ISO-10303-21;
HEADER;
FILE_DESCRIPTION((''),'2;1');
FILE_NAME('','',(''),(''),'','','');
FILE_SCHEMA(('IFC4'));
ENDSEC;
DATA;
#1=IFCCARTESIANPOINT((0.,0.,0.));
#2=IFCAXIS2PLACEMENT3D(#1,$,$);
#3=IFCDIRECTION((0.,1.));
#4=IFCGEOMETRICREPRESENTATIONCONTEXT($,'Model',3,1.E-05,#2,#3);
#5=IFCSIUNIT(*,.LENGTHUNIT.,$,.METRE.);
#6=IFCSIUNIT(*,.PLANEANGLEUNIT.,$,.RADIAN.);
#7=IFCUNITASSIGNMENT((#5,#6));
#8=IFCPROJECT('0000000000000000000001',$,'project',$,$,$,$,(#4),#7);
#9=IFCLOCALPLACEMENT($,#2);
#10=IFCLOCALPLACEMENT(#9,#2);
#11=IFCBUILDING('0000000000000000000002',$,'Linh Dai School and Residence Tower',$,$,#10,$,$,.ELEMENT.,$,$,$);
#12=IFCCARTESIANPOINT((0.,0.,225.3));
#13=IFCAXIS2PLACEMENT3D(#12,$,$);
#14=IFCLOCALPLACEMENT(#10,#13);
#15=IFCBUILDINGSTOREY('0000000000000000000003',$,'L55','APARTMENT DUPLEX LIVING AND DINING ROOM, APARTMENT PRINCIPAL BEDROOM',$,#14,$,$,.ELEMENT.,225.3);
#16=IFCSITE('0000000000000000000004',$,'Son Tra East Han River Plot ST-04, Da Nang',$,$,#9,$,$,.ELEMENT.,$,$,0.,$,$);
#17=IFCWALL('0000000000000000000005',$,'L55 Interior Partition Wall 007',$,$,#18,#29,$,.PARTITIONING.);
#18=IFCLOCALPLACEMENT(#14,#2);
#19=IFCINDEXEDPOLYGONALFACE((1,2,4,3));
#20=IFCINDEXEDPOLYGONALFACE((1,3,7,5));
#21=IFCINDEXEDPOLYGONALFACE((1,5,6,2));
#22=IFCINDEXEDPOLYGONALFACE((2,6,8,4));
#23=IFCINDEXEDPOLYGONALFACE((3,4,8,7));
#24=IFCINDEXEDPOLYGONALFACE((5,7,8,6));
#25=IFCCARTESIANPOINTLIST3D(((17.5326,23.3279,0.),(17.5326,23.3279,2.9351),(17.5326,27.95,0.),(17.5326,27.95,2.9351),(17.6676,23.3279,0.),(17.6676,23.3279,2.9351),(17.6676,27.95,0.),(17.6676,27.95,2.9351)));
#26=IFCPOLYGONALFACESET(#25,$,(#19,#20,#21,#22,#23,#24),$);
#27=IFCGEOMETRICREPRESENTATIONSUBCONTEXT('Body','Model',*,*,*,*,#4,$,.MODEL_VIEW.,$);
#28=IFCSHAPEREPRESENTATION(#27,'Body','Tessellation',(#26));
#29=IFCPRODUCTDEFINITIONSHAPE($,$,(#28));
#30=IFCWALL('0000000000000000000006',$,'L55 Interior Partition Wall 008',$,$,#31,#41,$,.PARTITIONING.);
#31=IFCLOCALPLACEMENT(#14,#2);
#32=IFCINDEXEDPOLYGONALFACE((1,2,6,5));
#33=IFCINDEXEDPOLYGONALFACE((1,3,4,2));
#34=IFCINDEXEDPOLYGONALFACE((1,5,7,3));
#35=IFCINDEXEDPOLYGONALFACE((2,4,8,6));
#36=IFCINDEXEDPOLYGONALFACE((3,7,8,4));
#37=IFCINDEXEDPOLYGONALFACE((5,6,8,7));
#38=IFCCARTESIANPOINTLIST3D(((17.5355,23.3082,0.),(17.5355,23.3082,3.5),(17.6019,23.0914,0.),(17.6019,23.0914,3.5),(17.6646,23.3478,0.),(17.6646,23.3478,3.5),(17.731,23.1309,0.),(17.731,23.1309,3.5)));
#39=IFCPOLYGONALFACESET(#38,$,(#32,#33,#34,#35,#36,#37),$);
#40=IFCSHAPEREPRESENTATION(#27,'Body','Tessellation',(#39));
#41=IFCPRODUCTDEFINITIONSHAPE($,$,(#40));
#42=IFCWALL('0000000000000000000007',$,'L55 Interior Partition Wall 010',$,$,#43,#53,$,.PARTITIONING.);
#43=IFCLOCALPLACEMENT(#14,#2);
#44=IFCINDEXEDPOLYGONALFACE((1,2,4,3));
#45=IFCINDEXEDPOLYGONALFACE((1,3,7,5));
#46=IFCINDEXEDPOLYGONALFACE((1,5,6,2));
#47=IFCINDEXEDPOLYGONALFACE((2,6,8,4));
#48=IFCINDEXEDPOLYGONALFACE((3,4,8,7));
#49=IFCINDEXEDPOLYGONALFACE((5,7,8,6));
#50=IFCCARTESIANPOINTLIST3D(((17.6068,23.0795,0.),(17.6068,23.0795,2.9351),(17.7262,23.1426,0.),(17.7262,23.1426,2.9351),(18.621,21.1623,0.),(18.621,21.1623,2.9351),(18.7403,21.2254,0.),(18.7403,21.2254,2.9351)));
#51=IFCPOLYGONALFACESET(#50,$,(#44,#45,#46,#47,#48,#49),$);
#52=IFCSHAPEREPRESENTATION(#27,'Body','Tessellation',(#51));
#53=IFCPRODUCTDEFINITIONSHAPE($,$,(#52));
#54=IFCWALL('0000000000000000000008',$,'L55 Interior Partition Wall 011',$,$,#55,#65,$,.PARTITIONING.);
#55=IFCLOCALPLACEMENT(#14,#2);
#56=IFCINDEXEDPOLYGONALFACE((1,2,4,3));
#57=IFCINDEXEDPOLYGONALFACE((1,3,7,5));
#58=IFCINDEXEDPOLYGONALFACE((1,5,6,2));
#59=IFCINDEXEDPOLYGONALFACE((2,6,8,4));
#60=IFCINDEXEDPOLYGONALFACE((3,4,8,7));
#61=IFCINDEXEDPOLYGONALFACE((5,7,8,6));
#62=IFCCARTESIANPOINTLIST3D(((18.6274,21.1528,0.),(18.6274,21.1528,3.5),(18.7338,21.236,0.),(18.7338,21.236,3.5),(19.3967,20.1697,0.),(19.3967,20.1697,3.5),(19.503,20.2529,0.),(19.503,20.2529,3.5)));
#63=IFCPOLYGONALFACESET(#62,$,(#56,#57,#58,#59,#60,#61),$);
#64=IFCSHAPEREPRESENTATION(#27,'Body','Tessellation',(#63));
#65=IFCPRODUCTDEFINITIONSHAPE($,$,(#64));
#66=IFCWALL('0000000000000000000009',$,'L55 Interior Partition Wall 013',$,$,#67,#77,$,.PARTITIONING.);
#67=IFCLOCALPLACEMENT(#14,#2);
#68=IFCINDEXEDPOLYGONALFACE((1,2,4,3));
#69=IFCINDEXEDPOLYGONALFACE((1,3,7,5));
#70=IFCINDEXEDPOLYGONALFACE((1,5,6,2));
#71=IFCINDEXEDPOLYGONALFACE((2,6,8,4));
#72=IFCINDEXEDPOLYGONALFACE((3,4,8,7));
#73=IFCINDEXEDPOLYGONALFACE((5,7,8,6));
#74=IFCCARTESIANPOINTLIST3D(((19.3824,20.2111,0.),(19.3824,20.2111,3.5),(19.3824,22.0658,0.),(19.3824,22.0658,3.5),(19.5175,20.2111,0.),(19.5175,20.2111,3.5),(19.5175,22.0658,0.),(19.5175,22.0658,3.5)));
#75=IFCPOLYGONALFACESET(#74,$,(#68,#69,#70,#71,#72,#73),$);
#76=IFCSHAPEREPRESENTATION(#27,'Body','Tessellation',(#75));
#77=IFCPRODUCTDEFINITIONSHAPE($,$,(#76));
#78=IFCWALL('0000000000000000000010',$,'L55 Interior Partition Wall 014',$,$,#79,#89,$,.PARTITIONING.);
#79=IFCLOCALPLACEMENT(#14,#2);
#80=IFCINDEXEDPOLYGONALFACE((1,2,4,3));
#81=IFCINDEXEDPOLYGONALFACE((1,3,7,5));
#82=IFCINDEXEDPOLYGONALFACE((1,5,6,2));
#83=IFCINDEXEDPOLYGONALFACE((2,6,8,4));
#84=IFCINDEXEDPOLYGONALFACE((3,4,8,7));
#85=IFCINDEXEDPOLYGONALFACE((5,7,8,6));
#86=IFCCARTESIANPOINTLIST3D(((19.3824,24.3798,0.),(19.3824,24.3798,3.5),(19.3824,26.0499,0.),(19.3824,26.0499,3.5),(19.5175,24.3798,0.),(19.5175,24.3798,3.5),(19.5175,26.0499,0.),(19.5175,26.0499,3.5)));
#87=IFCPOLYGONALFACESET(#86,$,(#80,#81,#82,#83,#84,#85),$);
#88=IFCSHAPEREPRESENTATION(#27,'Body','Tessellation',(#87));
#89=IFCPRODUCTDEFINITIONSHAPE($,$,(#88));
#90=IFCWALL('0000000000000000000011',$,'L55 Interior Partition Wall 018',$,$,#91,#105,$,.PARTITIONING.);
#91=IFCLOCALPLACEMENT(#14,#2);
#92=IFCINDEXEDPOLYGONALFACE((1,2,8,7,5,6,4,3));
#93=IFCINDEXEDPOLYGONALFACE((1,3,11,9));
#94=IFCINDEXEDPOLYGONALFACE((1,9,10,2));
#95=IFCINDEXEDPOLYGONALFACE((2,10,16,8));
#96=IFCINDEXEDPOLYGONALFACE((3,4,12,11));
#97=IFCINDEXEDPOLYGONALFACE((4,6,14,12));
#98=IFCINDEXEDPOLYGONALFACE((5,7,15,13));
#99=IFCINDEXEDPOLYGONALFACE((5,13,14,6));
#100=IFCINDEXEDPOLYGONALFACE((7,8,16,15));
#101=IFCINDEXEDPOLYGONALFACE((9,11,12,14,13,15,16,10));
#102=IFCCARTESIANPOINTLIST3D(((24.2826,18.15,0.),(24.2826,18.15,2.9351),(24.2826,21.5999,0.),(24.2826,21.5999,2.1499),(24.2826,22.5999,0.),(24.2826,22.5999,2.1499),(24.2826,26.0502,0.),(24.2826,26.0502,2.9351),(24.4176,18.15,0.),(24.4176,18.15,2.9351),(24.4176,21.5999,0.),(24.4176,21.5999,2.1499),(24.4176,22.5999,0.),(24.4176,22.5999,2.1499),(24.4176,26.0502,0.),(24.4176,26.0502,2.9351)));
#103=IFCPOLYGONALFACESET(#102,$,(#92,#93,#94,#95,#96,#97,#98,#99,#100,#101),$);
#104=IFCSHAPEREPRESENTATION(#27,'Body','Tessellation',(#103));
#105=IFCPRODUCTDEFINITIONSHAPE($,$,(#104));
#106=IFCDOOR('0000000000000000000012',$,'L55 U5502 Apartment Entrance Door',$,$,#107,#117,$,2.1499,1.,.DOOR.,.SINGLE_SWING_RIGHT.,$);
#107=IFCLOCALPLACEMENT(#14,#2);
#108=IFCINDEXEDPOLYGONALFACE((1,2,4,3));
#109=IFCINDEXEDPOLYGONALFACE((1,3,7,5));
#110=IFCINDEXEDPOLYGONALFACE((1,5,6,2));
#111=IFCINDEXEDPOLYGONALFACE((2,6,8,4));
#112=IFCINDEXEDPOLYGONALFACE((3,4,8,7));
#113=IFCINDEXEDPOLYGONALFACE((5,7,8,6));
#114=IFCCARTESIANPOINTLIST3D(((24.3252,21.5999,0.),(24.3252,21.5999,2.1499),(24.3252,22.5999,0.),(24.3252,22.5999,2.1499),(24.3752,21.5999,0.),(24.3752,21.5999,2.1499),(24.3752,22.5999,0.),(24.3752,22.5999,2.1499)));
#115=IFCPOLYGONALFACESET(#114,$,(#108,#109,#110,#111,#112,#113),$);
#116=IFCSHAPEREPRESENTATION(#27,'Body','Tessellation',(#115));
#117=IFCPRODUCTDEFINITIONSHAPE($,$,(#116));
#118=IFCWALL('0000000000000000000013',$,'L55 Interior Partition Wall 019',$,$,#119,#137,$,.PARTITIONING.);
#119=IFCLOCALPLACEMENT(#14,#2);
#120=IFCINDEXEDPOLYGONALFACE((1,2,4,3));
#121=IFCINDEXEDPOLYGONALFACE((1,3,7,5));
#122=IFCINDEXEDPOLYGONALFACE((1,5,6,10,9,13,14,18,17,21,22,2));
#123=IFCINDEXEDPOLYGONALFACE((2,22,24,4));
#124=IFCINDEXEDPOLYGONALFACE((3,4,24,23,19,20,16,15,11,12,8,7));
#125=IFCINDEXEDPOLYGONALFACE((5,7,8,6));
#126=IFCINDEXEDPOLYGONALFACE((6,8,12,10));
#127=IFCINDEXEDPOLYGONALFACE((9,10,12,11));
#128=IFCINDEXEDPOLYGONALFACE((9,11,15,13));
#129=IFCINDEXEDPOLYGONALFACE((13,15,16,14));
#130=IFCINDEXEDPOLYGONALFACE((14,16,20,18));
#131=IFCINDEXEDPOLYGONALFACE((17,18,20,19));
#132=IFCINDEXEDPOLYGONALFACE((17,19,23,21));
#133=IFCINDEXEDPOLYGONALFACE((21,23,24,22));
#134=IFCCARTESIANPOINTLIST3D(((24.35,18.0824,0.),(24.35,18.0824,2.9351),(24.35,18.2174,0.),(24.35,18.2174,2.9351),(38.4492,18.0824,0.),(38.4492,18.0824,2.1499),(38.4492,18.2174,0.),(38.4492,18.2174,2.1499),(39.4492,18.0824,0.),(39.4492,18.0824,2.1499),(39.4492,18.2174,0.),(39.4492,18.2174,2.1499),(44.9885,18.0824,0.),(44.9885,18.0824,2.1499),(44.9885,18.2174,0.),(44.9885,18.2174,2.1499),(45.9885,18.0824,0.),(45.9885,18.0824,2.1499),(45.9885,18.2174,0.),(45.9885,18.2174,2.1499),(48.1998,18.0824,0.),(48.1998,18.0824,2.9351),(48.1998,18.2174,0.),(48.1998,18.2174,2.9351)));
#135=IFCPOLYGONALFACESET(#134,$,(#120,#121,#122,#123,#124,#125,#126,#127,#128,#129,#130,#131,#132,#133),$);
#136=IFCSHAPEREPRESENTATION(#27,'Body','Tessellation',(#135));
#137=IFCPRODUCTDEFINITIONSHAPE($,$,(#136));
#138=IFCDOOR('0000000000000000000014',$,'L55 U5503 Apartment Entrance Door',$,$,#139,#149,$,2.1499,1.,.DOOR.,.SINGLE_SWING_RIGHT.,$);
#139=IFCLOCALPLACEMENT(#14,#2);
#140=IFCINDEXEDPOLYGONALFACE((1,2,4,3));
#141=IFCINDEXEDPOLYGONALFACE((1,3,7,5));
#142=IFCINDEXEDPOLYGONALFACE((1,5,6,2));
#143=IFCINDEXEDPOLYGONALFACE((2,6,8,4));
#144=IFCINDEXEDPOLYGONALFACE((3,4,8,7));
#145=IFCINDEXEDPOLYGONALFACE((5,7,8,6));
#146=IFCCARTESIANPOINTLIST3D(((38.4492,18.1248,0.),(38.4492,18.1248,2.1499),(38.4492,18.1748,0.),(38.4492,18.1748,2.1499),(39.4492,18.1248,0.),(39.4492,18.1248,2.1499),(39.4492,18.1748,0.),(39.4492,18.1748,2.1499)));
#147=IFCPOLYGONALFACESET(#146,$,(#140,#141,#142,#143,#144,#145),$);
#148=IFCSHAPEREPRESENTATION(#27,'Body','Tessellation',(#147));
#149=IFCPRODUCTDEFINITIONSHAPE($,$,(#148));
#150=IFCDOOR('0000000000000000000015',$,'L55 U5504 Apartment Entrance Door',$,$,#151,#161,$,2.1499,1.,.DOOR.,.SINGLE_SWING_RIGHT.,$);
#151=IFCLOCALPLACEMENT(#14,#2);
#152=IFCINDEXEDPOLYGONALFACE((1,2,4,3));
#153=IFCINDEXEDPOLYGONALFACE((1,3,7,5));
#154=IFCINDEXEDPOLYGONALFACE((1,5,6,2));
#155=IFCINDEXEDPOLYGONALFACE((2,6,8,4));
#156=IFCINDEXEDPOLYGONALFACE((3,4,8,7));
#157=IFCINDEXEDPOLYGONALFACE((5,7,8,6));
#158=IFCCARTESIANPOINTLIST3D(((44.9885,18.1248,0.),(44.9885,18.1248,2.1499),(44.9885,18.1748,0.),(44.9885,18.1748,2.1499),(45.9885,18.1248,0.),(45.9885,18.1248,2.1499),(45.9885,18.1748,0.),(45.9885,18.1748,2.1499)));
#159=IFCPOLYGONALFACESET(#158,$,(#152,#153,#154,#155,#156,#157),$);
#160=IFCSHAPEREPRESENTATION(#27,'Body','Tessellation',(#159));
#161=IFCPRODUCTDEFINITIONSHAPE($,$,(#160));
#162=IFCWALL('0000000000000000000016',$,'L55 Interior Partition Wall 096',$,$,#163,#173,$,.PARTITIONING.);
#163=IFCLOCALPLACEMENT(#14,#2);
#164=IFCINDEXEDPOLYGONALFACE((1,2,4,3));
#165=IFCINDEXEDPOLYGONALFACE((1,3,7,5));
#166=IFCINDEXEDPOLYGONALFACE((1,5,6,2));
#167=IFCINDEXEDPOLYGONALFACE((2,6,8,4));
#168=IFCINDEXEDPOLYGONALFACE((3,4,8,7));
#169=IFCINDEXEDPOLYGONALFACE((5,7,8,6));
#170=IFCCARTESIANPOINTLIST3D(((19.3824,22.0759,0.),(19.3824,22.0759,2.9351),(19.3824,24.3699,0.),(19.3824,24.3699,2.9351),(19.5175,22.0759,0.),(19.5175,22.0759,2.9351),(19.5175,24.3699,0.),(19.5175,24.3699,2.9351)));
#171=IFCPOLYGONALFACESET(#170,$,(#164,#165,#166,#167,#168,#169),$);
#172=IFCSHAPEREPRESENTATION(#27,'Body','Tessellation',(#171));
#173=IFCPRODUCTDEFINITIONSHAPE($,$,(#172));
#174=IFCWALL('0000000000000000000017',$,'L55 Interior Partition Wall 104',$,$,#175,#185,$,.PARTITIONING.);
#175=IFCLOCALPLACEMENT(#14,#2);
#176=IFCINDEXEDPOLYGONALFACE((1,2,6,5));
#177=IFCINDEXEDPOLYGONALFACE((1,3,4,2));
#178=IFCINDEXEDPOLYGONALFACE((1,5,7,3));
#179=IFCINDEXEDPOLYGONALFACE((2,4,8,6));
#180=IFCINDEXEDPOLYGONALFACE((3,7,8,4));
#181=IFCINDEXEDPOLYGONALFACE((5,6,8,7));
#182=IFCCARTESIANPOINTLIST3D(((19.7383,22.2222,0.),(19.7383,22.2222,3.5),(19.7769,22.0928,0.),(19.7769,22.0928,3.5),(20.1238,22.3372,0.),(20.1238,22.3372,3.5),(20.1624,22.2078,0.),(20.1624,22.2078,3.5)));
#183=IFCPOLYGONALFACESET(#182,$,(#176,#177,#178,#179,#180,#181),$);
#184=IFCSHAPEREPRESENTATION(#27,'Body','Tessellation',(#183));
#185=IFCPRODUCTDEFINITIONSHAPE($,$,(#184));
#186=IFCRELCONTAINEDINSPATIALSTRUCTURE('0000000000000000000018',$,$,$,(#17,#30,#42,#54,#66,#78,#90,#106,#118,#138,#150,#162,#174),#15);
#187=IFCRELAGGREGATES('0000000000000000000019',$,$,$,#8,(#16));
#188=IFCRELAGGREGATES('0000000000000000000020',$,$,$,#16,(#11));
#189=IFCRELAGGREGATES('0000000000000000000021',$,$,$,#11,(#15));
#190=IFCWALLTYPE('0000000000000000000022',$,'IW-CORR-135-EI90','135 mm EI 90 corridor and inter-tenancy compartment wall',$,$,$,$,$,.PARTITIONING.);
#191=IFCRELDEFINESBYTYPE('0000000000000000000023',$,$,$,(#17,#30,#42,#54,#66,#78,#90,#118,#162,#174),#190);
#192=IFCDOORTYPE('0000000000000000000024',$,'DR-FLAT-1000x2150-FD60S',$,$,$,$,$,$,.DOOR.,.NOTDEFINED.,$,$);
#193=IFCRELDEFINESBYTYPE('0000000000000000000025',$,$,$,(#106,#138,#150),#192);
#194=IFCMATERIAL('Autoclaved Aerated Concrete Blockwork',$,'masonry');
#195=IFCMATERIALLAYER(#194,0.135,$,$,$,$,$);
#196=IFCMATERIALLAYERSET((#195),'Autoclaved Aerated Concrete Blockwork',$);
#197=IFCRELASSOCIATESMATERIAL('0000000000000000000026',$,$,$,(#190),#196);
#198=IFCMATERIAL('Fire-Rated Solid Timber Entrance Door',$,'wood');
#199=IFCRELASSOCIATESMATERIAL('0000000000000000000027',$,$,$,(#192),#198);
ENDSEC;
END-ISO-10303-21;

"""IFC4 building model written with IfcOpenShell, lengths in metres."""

from ifc_helpers import new_model, si_unit, direction, frame, frame_2d, origin, origin_2d, place, context, subcontext, project, spatial, rectangle, extrude, source, transform, mapped, material, layer, layer_set, type_object, element, fill, save


model = new_model("IFC4")

# Units and contexts
model_context = context("Model", 3, precision=1e-05, world=origin(), true_north=direction((0.0, 1.0)))
body_context = subcontext(model_context, "Body", "Model", "MODEL_VIEW")
ifc_project = project(units=[si_unit("LENGTHUNIT", "METRE"), si_unit("PLANEANGLEUNIT", "RADIAN")], contexts=[model_context])

# Site, building, storey
site_placement = place(None, origin())
site = spatial("IfcSite", under=ifc_project, at=site_placement, Name="Son Tra East Han River Plot ST-04, Da Nang", CompositionType="ELEMENT", RefElevation=0.0)
building_placement = place(site_placement, origin())
building = spatial("IfcBuilding", under=site, at=building_placement, Name="Linh Dai School and Residence Tower", CompositionType="ELEMENT")
storey_placement = place(building_placement, frame((0.0, 0.0, 225.3)))
storey = spatial("IfcBuildingStorey", under=building, at=storey_placement, Name="L55", Description="APARTMENT DUPLEX LIVING AND DINING ROOM, APARTMENT PRINCIPAL BEDROOM", CompositionType="ELEMENT", Elevation=225.3)

# Walls
ifc_material_1 = material(Name="Autoclaved Aerated Concrete Blockwork", Category="masonry")
ifc_layer_1 = layer(ifc_material_1, 0.135)
ifc_layer_set_1 = layer_set([ifc_layer_1], Name="Autoclaved Aerated Concrete Blockwork")
wall_type_1 = type_object("IfcWallType", Name="IW-CORR-135-EI90", Description="135 mm EI 90 corridor and inter-tenancy compartment wall", PredefinedType="PARTITIONING", material=ifc_layer_set_1)
wall_1_placement = place(storey_placement, frame((17.6001, 23.3279, 0.0), z_axis=(0.0, 0.0, 1.0), x_axis=(0.0, 1.0, 0.0)))
element("IfcWall", 1, at=wall_1_placement, inside=storey, type_object=wall_type_1, Name="L55 Interior Partition Wall 007", PredefinedType="PARTITIONING", context=body_context, shape_type="SweptSolid", body=[
    extrude(rectangle(XDim=4.6221, YDim=0.135, at=frame_2d((2.311, 0.0))), origin(), (0.0, 0.0, 1.0), 2.9351),
])
wall_2_placement = place(storey_placement, frame((17.6001, 23.3279, 0.0), z_axis=(0.0, 0.0, 1.0), x_axis=(0.292875, -0.956151, 0.0)))
element("IfcWall", 2, at=wall_2_placement, inside=storey, type_object=wall_type_1, Name="L55 Interior Partition Wall 008", PredefinedType="PARTITIONING", context=body_context, shape_type="SweptSolid", body=[
    extrude(rectangle(XDim=0.2268, YDim=0.135, at=frame_2d((0.1133, 0.0))), origin(), (0.0, 0.0, 1.0), 3.5),
])
wall_3_placement = place(storey_placement, frame((17.6665, 23.1111, 0.0), z_axis=(0.0, 0.0, 1.0), x_axis=(0.467583, -0.883949, 0.0)))
element("IfcWall", 3, at=wall_3_placement, inside=storey, type_object=wall_type_1, Name="L55 Interior Partition Wall 010", PredefinedType="PARTITIONING", context=body_context, shape_type="SweptSolid", body=[
    extrude(rectangle(XDim=2.1689, YDim=0.135, at=frame_2d((1.0845, 0.0))), origin(), (0.0, 0.0, 1.0), 2.9351),
])
wall_4_placement = place(storey_placement, frame((18.6807, 21.1943, 0.0), z_axis=(0.0, 0.0, 1.0), x_axis=(0.61624, -0.787559, 0.0)))
element("IfcWall", 4, at=wall_4_placement, inside=storey, type_object=wall_type_1, Name="L55 Interior Partition Wall 011", PredefinedType="PARTITIONING", context=body_context, shape_type="SweptSolid", body=[
    extrude(rectangle(XDim=1.2483, YDim=0.135, at=frame_2d((0.624, 0.0))), origin(), (0.0, 0.0, 1.0), 3.5),
])
wall_5_placement = place(storey_placement, frame((19.45, 20.2112, 0.0), z_axis=(0.0, 0.0, 1.0), x_axis=(0.0, 1.0, 0.0)))
element("IfcWall", 5, at=wall_5_placement, inside=storey, type_object=wall_type_1, Name="L55 Interior Partition Wall 013", PredefinedType="PARTITIONING", context=body_context, shape_type="SweptSolid", body=[
    extrude(rectangle(XDim=1.8547, YDim=0.135, at=frame_2d((0.9272, 0.0))), origin(), (0.0, 0.0, 1.0), 3.5),
])
wall_6_placement = place(storey_placement, frame((19.45, 24.3799, 0.0), z_axis=(0.0, 0.0, 1.0), x_axis=(0.0, 1.0, 0.0)))
element("IfcWall", 6, at=wall_6_placement, inside=storey, type_object=wall_type_1, Name="L55 Interior Partition Wall 014", PredefinedType="PARTITIONING", context=body_context, shape_type="SweptSolid", body=[
    extrude(rectangle(XDim=1.6702, YDim=0.135, at=frame_2d((0.835, 0.0))), origin(), (0.0, 0.0, 1.0), 3.5),
])

# Wall, opening, door
wall_7_placement = place(storey_placement, frame((24.3501, 18.1499, 0.0), z_axis=(0.0, 0.0, 1.0), x_axis=(0.0, 1.0, 0.0)))
wall_7 = element("IfcWall", 7, at=wall_7_placement, inside=storey, type_object=wall_type_1, Name="L55 Interior Partition Wall 018", PredefinedType="PARTITIONING", context=body_context, shape_type="SweptSolid", body=[
    extrude(rectangle(XDim=7.9001, YDim=0.135, at=frame_2d((3.9502, 0.0))), origin(), (0.0, 0.0, 1.0), 2.9351),
])
opening_1_placement = place(wall_7_placement, frame((3.45, 0.0, 0.0)))
opening_1 = element("IfcOpeningElement", 8, at=opening_1_placement, cuts=wall_7, PredefinedType="OPENING", context=body_context, shape_type="SweptSolid", body=[
    extrude(rectangle(XDim=1.0, YDim=2.1499, at=origin_2d()), frame((0.5, 0.0776, 1.075), z_axis=(0.0, -1.0, 0.0), x_axis=(1.0, 0.0, 0.0)), (0.0, 0.0, 1.0), 0.155),
])
ifc_material_2 = material(Name="Fire-Rated Solid Timber Entrance Door", Category="wood")
door_type_1 = type_object("IfcDoorType", Name="DR-FLAT-1000x2150-FD60S", OperationType="NOTDEFINED", PredefinedType="DOOR", material=ifc_material_2)
shared_shape_1 = source(origin(), body_context, "Body", "SweptSolid", [
    extrude(rectangle(XDim=1.0, YDim=2.1499, at=origin_2d()), frame((0.5, 0.0249, 1.075), z_axis=(0.0, -1.0, 0.0), x_axis=(1.0, 0.0, 0.0)), (0.0, 0.0, 1.0), 0.05),
])
door_1_placement = place(opening_1_placement, origin())
door_1 = element("IfcDoor", 9, at=door_1_placement, inside=storey, type_object=door_type_1, Name="L55 U5502 Apartment Entrance Door", OperationType="SINGLE_SWING_RIGHT", OverallHeight=2.1499, OverallWidth=1.0, PredefinedType="DOOR", context=body_context, shape_type="MappedRepresentation", body=[
    mapped(shared_shape_1, transform((0.0, 0.0, 0.0), x_axis=(1.0, 0.0, 0.0), y_axis=(0.0, 1.0, 0.0), z_axis=(0.0, 0.0, 1.0), scale=1.0)),
])
fill(opening_1, door_1)

# Wall, openings, doors
wall_8_placement = place(storey_placement, frame((24.3501, 18.1499, 0.0), z_axis=(0.0, 0.0, 1.0), x_axis=(1.0, 0.0, 0.0)))
wall_8 = element("IfcWall", 10, at=wall_8_placement, inside=storey, type_object=wall_type_1, Name="L55 Interior Partition Wall 019", PredefinedType="PARTITIONING", context=body_context, shape_type="SweptSolid", body=[
    extrude(rectangle(XDim=23.8499, YDim=0.135, at=frame_2d((11.9248, 0.0))), origin(), (0.0, 0.0, 1.0), 2.9351),
])
opening_2_placement = place(wall_8_placement, frame((14.0991, 0.0, 0.0)))
opening_2 = element("IfcOpeningElement", 11, at=opening_2_placement, cuts=wall_8, PredefinedType="OPENING", context=body_context, shape_type="SweptSolid", body=[
    extrude(rectangle(XDim=1.0, YDim=2.1499, at=origin_2d()), frame((0.5, 0.0776, 1.075), z_axis=(0.0, -1.0, 0.0), x_axis=(1.0, 0.0, 0.0)), (0.0, 0.0, 1.0), 0.155),
])
opening_3_placement = place(wall_8_placement, frame((20.6384, 0.0, 0.0)))
opening_3 = element("IfcOpeningElement", 12, at=opening_3_placement, cuts=wall_8, PredefinedType="OPENING", context=body_context, shape_type="SweptSolid", body=[
    extrude(rectangle(XDim=1.0, YDim=2.1499, at=origin_2d()), frame((0.5, 0.0776, 1.075), z_axis=(0.0, -1.0, 0.0), x_axis=(1.0, 0.0, 0.0)), (0.0, 0.0, 1.0), 0.155),
])
door_2_placement = place(opening_2_placement, origin())
door_2 = element("IfcDoor", 13, at=door_2_placement, inside=storey, type_object=door_type_1, Name="L55 U5503 Apartment Entrance Door", OperationType="SINGLE_SWING_RIGHT", OverallHeight=2.1499, OverallWidth=1.0, PredefinedType="DOOR", context=body_context, shape_type="MappedRepresentation", body=[
    mapped(shared_shape_1, transform((0.0, 0.0, 0.0), x_axis=(1.0, 0.0, 0.0), y_axis=(0.0, 1.0, 0.0), z_axis=(0.0, 0.0, 1.0), scale=1.0)),
])
fill(opening_2, door_2)
door_3_placement = place(opening_3_placement, origin())
door_3 = element("IfcDoor", 14, at=door_3_placement, inside=storey, type_object=door_type_1, Name="L55 U5504 Apartment Entrance Door", OperationType="SINGLE_SWING_RIGHT", OverallHeight=2.1499, OverallWidth=1.0, PredefinedType="DOOR", context=body_context, shape_type="MappedRepresentation", body=[
    mapped(shared_shape_1, transform((0.0, 0.0, 0.0), x_axis=(1.0, 0.0, 0.0), y_axis=(0.0, 1.0, 0.0), z_axis=(0.0, 0.0, 1.0), scale=1.0)),
])
fill(opening_3, door_3)

# Walls
wall_9_placement = place(storey_placement, frame((19.45, 24.3699, 0.0), z_axis=(0.0, 0.0, 1.0), x_axis=(0.0, -1.0, 0.0)))
element("IfcWall", 15, at=wall_9_placement, inside=storey, type_object=wall_type_1, Name="L55 Interior Partition Wall 096", PredefinedType="PARTITIONING", context=body_context, shape_type="SweptSolid", body=[
    extrude(rectangle(XDim=2.2939, YDim=0.135, at=frame_2d((1.147, 0.0))), origin(), (0.0, 0.0, 1.0), 2.9351),
])
wall_10_placement = place(storey_placement, frame((19.7576, 22.1575, 0.0), z_axis=(0.0, 0.0, 1.0), x_axis=(0.958276, 0.285844, 0.0)))
element("IfcWall", 16, at=wall_10_placement, inside=storey, type_object=wall_type_1, Name="L55 Interior Partition Wall 104", PredefinedType="PARTITIONING", context=body_context, shape_type="SweptSolid", body=[
    extrude(rectangle(XDim=0.4023, YDim=0.135, at=frame_2d((0.2012, 0.0))), origin(), (0.0, 0.0, 1.0), 3.5),
])

save(model, "model.ifc")
